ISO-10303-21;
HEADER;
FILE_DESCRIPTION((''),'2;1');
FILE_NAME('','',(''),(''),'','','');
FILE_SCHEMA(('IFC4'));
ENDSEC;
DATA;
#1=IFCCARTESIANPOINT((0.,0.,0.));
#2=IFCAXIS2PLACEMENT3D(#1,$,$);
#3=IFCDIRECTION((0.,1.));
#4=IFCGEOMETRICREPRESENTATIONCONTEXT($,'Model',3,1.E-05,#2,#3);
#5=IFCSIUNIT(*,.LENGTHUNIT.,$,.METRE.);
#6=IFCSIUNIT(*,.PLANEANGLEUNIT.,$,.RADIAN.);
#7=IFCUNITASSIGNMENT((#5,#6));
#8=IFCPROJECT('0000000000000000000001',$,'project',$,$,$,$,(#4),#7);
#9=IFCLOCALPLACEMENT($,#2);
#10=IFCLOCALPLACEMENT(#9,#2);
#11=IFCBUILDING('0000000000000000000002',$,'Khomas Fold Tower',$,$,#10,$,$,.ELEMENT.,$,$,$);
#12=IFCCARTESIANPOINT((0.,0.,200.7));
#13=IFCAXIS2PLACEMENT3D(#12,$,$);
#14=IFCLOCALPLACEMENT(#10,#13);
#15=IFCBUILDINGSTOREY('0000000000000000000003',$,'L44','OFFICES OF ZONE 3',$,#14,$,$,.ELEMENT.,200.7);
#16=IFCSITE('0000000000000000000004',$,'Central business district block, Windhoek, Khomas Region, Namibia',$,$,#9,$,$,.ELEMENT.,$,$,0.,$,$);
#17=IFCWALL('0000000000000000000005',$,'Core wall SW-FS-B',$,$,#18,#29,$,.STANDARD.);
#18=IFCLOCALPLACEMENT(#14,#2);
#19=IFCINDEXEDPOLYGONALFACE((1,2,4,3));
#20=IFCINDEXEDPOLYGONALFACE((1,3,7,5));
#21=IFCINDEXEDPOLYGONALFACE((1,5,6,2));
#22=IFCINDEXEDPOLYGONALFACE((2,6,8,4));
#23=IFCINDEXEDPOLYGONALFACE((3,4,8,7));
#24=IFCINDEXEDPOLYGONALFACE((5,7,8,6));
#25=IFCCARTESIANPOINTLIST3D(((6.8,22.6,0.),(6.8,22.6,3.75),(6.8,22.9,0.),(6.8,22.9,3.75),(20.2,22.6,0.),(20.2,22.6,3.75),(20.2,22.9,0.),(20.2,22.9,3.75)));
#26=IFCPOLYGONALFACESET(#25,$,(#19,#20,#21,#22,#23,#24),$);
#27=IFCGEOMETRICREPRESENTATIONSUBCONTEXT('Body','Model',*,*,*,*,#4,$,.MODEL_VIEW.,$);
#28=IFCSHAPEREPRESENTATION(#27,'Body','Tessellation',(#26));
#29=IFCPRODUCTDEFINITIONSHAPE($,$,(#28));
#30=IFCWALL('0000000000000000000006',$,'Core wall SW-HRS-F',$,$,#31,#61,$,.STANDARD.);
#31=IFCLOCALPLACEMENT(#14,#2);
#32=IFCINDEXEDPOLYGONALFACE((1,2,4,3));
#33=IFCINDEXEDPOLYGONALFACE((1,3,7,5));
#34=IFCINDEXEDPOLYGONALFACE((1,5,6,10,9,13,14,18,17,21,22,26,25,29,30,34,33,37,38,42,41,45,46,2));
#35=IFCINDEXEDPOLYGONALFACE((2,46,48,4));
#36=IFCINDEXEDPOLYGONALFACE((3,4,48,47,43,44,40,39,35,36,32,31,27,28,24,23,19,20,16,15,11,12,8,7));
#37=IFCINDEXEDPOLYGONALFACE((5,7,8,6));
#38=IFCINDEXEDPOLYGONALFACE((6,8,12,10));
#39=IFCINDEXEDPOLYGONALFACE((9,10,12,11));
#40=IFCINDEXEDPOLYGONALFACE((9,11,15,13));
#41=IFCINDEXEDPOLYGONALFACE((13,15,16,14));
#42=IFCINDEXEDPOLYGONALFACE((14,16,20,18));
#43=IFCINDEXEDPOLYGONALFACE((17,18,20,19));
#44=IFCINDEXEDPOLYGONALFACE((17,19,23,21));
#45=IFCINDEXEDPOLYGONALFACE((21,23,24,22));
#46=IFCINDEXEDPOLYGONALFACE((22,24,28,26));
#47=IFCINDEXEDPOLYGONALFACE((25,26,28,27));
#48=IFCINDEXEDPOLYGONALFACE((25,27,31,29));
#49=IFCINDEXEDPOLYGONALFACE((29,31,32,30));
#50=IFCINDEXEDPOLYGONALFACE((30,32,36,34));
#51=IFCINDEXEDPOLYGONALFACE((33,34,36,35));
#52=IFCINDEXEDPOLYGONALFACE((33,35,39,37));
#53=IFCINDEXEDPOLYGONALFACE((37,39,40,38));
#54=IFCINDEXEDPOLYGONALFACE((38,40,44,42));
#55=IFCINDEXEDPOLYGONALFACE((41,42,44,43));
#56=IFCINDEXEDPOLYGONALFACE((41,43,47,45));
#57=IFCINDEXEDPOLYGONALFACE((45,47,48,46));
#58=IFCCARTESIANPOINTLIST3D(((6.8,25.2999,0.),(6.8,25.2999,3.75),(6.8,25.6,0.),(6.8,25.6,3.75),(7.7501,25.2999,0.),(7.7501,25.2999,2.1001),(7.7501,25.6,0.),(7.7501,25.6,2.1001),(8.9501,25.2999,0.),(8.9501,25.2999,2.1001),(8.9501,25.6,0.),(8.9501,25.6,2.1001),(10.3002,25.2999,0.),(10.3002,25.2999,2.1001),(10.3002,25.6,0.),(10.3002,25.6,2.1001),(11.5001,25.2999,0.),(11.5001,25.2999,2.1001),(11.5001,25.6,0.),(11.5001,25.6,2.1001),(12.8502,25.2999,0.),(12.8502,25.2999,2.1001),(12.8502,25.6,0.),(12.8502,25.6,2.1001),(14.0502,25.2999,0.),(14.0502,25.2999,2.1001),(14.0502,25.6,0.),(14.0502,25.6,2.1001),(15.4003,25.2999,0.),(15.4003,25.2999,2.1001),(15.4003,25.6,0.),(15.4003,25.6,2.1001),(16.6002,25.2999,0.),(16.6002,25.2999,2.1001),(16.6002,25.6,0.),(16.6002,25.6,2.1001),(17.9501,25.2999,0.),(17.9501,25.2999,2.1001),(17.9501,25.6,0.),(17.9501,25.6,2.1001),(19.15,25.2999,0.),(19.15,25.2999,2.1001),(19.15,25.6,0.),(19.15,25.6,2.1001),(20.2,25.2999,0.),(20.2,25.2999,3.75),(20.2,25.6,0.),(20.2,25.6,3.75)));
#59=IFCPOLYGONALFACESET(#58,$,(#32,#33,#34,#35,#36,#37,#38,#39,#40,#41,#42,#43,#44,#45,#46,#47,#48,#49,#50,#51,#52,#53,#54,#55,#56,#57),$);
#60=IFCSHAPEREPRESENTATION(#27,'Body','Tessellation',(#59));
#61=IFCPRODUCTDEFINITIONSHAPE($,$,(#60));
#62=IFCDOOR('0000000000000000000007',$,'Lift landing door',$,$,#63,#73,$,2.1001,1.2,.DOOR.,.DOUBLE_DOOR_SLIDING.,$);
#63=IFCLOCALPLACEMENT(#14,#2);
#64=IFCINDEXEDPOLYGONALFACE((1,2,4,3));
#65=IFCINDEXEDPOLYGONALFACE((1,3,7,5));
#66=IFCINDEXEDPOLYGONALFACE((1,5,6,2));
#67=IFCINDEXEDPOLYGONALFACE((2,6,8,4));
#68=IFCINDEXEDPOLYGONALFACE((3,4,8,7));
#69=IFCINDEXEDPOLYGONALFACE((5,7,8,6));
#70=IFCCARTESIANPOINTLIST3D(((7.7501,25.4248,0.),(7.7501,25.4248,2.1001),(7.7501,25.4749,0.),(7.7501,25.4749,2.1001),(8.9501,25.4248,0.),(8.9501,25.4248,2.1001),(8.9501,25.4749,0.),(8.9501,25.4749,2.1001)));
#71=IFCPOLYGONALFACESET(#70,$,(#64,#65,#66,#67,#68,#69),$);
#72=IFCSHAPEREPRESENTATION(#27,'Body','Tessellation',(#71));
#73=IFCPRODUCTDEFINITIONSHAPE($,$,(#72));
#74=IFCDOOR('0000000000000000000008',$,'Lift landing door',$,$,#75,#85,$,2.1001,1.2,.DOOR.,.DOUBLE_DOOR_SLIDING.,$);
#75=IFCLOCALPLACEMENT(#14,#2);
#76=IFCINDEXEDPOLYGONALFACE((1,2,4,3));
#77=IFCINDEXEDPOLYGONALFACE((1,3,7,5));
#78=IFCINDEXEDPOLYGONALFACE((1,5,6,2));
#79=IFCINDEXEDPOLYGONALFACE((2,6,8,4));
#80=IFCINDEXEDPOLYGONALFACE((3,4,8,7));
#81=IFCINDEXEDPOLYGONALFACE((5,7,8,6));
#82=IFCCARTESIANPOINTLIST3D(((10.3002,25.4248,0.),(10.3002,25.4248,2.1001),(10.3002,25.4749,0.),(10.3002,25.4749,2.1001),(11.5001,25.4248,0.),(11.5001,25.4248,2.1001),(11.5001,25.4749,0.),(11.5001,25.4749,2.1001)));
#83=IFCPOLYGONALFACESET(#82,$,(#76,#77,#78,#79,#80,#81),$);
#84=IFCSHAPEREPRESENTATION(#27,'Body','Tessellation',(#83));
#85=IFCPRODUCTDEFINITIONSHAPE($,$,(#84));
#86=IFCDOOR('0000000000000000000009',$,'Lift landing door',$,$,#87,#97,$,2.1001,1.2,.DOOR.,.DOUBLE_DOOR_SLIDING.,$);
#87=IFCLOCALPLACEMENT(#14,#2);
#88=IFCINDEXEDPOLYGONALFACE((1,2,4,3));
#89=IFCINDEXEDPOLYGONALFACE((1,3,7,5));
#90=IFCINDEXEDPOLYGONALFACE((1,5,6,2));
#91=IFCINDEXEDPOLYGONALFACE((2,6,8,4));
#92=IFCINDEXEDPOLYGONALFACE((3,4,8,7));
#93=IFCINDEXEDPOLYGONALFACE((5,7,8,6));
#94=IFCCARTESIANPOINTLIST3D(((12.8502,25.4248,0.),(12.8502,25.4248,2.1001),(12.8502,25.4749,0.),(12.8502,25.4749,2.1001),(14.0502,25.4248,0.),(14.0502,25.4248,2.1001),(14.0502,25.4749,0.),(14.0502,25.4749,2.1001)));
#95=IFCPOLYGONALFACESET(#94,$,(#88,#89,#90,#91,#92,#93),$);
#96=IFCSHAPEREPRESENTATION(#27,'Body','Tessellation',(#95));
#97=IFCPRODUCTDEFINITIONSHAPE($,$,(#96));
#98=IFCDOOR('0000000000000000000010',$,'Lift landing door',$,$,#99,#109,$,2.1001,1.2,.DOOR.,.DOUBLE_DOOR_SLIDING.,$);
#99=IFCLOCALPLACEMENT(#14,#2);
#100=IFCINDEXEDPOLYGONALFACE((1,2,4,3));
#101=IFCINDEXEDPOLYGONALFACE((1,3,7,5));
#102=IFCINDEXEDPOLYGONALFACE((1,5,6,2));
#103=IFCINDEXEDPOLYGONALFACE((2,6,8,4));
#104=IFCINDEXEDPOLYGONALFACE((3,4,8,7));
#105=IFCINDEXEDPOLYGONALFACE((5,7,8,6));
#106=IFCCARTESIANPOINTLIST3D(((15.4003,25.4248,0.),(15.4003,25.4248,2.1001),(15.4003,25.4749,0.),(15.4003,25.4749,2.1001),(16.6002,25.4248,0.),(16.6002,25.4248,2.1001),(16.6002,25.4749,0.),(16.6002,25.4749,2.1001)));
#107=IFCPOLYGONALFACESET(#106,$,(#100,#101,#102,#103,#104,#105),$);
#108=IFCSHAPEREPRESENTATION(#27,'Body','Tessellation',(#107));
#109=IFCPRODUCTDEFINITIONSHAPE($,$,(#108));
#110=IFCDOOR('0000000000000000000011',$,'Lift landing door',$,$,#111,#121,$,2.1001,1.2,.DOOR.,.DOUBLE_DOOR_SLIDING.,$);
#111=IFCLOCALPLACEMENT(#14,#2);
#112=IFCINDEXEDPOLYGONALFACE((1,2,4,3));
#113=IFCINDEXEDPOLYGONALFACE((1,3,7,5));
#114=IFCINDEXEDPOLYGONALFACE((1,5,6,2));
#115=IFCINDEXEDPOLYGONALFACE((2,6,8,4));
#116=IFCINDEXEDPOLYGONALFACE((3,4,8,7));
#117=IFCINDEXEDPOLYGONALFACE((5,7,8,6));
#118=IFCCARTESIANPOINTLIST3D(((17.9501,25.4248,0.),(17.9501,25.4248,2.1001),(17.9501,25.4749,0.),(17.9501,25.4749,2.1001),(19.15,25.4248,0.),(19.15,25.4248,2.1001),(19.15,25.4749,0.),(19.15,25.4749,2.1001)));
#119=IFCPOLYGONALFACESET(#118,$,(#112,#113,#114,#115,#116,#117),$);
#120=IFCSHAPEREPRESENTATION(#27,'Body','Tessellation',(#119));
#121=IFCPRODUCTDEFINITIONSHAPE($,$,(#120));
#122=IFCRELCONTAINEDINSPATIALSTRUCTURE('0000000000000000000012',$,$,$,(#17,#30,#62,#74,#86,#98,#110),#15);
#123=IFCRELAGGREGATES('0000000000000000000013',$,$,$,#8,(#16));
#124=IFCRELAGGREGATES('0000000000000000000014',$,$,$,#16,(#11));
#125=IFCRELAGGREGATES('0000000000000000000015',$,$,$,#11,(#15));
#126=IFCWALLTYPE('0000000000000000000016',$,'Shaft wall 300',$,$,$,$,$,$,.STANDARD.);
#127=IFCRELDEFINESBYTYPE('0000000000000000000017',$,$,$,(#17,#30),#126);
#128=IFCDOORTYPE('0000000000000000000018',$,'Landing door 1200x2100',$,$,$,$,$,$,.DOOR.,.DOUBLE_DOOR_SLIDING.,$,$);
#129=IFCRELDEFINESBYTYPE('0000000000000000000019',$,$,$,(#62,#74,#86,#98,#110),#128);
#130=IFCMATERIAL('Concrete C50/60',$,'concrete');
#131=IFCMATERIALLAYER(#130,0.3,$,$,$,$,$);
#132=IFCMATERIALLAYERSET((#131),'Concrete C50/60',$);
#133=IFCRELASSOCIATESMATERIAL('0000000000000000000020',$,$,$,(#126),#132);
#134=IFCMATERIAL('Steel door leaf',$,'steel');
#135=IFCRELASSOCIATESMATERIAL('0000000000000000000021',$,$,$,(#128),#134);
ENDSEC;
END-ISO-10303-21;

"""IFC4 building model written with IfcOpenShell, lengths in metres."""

from ifc_helpers import new_model, si_unit, direction, frame, frame_2d, origin, place, context, subcontext, project, spatial, rectangle, extrude, source, transform, mapped, material, layer, layer_set, type_object, element, fill, save


model = new_model("IFC4")

# Units and contexts
model_context = context("Model", 3, precision=1e-05, world=origin(), true_north=direction((0.0, 1.0)))
body_context = subcontext(model_context, "Body", "Model", "MODEL_VIEW")
ifc_project = project(units=[si_unit("LENGTHUNIT", "METRE"), si_unit("PLANEANGLEUNIT", "RADIAN")], contexts=[model_context])

# Site, building, storey
site_placement = place(None, origin())
site = spatial("IfcSite", under=ifc_project, at=site_placement, Name="Central business district block, Windhoek, Khomas Region, Namibia", CompositionType="ELEMENT", RefElevation=0.0)
building_placement = place(site_placement, origin())
building = spatial("IfcBuilding", under=site, at=building_placement, Name="Khomas Fold Tower", CompositionType="ELEMENT")
storey_placement = place(building_placement, frame((0.0, 0.0, 200.7)))
storey = spatial("IfcBuildingStorey", under=building, at=storey_placement, Name="L44", Description="OFFICES OF ZONE 3", CompositionType="ELEMENT", Elevation=200.7)

# Wall
ifc_material_1 = material(Name="Concrete C50/60", Category="concrete")
ifc_layer_1 = layer(ifc_material_1, 0.3)
ifc_layer_set_1 = layer_set([ifc_layer_1], Name="Concrete C50/60")
wall_type_1 = type_object("IfcWallType", Name="Shaft wall 300", PredefinedType="STANDARD", material=ifc_layer_set_1)
shared_shape_1 = source(origin(), body_context, "Body", "SweptSolid", [
    extrude(rectangle(XDim=13.3999, YDim=0.3, at=frame_2d((6.7, 0.0))), origin(), (0.0, 0.0, 1.0), 3.75),
])
wall_1_placement = place(storey_placement, frame((6.8, 22.75, 0.0), z_axis=(0.0, 0.0, 1.0), x_axis=(1.0, 0.0, 0.0)))
element("IfcWall", 1, at=wall_1_placement, inside=storey, type_object=wall_type_1, Name="Core wall SW-FS-B", PredefinedType="STANDARD", context=body_context, shape_type="MappedRepresentation", body=[
    mapped(shared_shape_1, transform((0.0, 0.0, 0.0))),
])

# Wall, openings, doors
wall_2_placement = place(storey_placement, frame((6.8, 25.45, 0.0), z_axis=(0.0, 0.0, 1.0), x_axis=(1.0, 0.0, 0.0)))
wall_2 = element("IfcWall", 2, at=wall_2_placement, inside=storey, type_object=wall_type_1, Name="Core wall SW-HRS-F", PredefinedType="STANDARD", context=body_context, shape_type="MappedRepresentation", body=[
    mapped(shared_shape_1, transform((0.0, 0.0, 0.0))),
])
shared_shape_2 = source(origin(), body_context, "Body", "SweptSolid", [
    extrude(rectangle(XDim=1.2, YDim=2.1001, at=frame_2d((0.6001, 1.05))), frame((0.0, 0.1599, 0.0), z_axis=(0.0, -1.0, 0.0), x_axis=(1.0, 0.0, 0.0)), (0.0, 0.0, 1.0), 0.3201),
])
opening_1_placement = place(wall_2_placement, frame((0.95, 0.0, 0.0)))
opening_1 = element("IfcOpeningElement", 3, at=opening_1_placement, cuts=wall_2, PredefinedType="OPENING", context=body_context, shape_type="MappedRepresentation", body=[
    mapped(shared_shape_2, transform((0.0, 0.0, 0.0))),
])
opening_2_placement = place(wall_2_placement, frame((3.5, 0.0, 0.0)))
opening_2 = element("IfcOpeningElement", 4, at=opening_2_placement, cuts=wall_2, PredefinedType="OPENING", context=body_context, shape_type="MappedRepresentation", body=[
    mapped(shared_shape_2, transform((0.0, 0.0, 0.0))),
])
opening_3_placement = place(wall_2_placement, frame((6.05, 0.0, 0.0)))
opening_3 = element("IfcOpeningElement", 5, at=opening_3_placement, cuts=wall_2, PredefinedType="OPENING", context=body_context, shape_type="MappedRepresentation", body=[
    mapped(shared_shape_2, transform((0.0, 0.0, 0.0))),
])
opening_4_placement = place(wall_2_placement, frame((8.6001, 0.0, 0.0)))
opening_4 = element("IfcOpeningElement", 6, at=opening_4_placement, cuts=wall_2, PredefinedType="OPENING", context=body_context, shape_type="MappedRepresentation", body=[
    mapped(shared_shape_2, transform((0.0, 0.0, 0.0))),
])
opening_5_placement = place(wall_2_placement, frame((11.1499, 0.0, 0.0)))
opening_5 = element("IfcOpeningElement", 7, at=opening_5_placement, cuts=wall_2, PredefinedType="OPENING", context=body_context, shape_type="MappedRepresentation", body=[
    mapped(shared_shape_2, transform((0.0, 0.0, 0.0))),
])
ifc_material_2 = material(Name="Steel door leaf", Category="steel")
door_type = type_object("IfcDoorType", Name="Landing door 1200x2100", OperationType="DOUBLE_DOOR_SLIDING", PredefinedType="DOOR", material=ifc_material_2)
shared_shape_3 = source(origin(), body_context, "Body", "SweptSolid", [
    extrude(rectangle(XDim=1.2, YDim=2.1001, at=frame_2d((0.6001, 1.05))), frame((0.0, 0.0249, 0.0), z_axis=(0.0, -1.0, 0.0), x_axis=(1.0, 0.0, 0.0)), (0.0, 0.0, 1.0), 0.05),
])
door_1_placement = place(opening_1_placement, origin())
door_1 = element("IfcDoor", 8, at=door_1_placement, inside=storey, type_object=door_type, Name="Lift landing door", OperationType="DOUBLE_DOOR_SLIDING", OverallHeight=2.1001, OverallWidth=1.2, PredefinedType="DOOR", context=body_context, shape_type="MappedRepresentation", body=[
    mapped(shared_shape_3, transform((0.0, 0.0, 0.0))),
])
fill(opening_1, door_1)
door_2_placement = place(opening_2_placement, origin())
door_2 = element("IfcDoor", 9, at=door_2_placement, inside=storey, type_object=door_type, Name="Lift landing door", OperationType="DOUBLE_DOOR_SLIDING", OverallHeight=2.1001, OverallWidth=1.2, PredefinedType="DOOR", context=body_context, shape_type="MappedRepresentation", body=[
    mapped(shared_shape_3, transform((0.0, 0.0, 0.0))),
])
fill(opening_2, door_2)
door_3_placement = place(opening_3_placement, origin())
door_3 = element("IfcDoor", 10, at=door_3_placement, inside=storey, type_object=door_type, Name="Lift landing door", OperationType="DOUBLE_DOOR_SLIDING", OverallHeight=2.1001, OverallWidth=1.2, PredefinedType="DOOR", context=body_context, shape_type="MappedRepresentation", body=[
    mapped(shared_shape_3, transform((0.0, 0.0, 0.0))),
])
fill(opening_3, door_3)
door_4_placement = place(opening_4_placement, origin())
door_4 = element("IfcDoor", 11, at=door_4_placement, inside=storey, type_object=door_type, Name="Lift landing door", OperationType="DOUBLE_DOOR_SLIDING", OverallHeight=2.1001, OverallWidth=1.2, PredefinedType="DOOR", context=body_context, shape_type="MappedRepresentation", body=[
    mapped(shared_shape_3, transform((0.0, 0.0, 0.0))),
])
fill(opening_4, door_4)
door_5_placement = place(opening_5_placement, origin())
door_5 = element("IfcDoor", 12, at=door_5_placement, inside=storey, type_object=door_type, Name="Lift landing door", OperationType="DOUBLE_DOOR_SLIDING", OverallHeight=2.1001, OverallWidth=1.2, PredefinedType="DOOR", context=body_context, shape_type="MappedRepresentation", body=[
    mapped(shared_shape_3, transform((0.0, 0.0, 0.0))),
])
fill(opening_5, door_5)

save(model, "model.ifc")
